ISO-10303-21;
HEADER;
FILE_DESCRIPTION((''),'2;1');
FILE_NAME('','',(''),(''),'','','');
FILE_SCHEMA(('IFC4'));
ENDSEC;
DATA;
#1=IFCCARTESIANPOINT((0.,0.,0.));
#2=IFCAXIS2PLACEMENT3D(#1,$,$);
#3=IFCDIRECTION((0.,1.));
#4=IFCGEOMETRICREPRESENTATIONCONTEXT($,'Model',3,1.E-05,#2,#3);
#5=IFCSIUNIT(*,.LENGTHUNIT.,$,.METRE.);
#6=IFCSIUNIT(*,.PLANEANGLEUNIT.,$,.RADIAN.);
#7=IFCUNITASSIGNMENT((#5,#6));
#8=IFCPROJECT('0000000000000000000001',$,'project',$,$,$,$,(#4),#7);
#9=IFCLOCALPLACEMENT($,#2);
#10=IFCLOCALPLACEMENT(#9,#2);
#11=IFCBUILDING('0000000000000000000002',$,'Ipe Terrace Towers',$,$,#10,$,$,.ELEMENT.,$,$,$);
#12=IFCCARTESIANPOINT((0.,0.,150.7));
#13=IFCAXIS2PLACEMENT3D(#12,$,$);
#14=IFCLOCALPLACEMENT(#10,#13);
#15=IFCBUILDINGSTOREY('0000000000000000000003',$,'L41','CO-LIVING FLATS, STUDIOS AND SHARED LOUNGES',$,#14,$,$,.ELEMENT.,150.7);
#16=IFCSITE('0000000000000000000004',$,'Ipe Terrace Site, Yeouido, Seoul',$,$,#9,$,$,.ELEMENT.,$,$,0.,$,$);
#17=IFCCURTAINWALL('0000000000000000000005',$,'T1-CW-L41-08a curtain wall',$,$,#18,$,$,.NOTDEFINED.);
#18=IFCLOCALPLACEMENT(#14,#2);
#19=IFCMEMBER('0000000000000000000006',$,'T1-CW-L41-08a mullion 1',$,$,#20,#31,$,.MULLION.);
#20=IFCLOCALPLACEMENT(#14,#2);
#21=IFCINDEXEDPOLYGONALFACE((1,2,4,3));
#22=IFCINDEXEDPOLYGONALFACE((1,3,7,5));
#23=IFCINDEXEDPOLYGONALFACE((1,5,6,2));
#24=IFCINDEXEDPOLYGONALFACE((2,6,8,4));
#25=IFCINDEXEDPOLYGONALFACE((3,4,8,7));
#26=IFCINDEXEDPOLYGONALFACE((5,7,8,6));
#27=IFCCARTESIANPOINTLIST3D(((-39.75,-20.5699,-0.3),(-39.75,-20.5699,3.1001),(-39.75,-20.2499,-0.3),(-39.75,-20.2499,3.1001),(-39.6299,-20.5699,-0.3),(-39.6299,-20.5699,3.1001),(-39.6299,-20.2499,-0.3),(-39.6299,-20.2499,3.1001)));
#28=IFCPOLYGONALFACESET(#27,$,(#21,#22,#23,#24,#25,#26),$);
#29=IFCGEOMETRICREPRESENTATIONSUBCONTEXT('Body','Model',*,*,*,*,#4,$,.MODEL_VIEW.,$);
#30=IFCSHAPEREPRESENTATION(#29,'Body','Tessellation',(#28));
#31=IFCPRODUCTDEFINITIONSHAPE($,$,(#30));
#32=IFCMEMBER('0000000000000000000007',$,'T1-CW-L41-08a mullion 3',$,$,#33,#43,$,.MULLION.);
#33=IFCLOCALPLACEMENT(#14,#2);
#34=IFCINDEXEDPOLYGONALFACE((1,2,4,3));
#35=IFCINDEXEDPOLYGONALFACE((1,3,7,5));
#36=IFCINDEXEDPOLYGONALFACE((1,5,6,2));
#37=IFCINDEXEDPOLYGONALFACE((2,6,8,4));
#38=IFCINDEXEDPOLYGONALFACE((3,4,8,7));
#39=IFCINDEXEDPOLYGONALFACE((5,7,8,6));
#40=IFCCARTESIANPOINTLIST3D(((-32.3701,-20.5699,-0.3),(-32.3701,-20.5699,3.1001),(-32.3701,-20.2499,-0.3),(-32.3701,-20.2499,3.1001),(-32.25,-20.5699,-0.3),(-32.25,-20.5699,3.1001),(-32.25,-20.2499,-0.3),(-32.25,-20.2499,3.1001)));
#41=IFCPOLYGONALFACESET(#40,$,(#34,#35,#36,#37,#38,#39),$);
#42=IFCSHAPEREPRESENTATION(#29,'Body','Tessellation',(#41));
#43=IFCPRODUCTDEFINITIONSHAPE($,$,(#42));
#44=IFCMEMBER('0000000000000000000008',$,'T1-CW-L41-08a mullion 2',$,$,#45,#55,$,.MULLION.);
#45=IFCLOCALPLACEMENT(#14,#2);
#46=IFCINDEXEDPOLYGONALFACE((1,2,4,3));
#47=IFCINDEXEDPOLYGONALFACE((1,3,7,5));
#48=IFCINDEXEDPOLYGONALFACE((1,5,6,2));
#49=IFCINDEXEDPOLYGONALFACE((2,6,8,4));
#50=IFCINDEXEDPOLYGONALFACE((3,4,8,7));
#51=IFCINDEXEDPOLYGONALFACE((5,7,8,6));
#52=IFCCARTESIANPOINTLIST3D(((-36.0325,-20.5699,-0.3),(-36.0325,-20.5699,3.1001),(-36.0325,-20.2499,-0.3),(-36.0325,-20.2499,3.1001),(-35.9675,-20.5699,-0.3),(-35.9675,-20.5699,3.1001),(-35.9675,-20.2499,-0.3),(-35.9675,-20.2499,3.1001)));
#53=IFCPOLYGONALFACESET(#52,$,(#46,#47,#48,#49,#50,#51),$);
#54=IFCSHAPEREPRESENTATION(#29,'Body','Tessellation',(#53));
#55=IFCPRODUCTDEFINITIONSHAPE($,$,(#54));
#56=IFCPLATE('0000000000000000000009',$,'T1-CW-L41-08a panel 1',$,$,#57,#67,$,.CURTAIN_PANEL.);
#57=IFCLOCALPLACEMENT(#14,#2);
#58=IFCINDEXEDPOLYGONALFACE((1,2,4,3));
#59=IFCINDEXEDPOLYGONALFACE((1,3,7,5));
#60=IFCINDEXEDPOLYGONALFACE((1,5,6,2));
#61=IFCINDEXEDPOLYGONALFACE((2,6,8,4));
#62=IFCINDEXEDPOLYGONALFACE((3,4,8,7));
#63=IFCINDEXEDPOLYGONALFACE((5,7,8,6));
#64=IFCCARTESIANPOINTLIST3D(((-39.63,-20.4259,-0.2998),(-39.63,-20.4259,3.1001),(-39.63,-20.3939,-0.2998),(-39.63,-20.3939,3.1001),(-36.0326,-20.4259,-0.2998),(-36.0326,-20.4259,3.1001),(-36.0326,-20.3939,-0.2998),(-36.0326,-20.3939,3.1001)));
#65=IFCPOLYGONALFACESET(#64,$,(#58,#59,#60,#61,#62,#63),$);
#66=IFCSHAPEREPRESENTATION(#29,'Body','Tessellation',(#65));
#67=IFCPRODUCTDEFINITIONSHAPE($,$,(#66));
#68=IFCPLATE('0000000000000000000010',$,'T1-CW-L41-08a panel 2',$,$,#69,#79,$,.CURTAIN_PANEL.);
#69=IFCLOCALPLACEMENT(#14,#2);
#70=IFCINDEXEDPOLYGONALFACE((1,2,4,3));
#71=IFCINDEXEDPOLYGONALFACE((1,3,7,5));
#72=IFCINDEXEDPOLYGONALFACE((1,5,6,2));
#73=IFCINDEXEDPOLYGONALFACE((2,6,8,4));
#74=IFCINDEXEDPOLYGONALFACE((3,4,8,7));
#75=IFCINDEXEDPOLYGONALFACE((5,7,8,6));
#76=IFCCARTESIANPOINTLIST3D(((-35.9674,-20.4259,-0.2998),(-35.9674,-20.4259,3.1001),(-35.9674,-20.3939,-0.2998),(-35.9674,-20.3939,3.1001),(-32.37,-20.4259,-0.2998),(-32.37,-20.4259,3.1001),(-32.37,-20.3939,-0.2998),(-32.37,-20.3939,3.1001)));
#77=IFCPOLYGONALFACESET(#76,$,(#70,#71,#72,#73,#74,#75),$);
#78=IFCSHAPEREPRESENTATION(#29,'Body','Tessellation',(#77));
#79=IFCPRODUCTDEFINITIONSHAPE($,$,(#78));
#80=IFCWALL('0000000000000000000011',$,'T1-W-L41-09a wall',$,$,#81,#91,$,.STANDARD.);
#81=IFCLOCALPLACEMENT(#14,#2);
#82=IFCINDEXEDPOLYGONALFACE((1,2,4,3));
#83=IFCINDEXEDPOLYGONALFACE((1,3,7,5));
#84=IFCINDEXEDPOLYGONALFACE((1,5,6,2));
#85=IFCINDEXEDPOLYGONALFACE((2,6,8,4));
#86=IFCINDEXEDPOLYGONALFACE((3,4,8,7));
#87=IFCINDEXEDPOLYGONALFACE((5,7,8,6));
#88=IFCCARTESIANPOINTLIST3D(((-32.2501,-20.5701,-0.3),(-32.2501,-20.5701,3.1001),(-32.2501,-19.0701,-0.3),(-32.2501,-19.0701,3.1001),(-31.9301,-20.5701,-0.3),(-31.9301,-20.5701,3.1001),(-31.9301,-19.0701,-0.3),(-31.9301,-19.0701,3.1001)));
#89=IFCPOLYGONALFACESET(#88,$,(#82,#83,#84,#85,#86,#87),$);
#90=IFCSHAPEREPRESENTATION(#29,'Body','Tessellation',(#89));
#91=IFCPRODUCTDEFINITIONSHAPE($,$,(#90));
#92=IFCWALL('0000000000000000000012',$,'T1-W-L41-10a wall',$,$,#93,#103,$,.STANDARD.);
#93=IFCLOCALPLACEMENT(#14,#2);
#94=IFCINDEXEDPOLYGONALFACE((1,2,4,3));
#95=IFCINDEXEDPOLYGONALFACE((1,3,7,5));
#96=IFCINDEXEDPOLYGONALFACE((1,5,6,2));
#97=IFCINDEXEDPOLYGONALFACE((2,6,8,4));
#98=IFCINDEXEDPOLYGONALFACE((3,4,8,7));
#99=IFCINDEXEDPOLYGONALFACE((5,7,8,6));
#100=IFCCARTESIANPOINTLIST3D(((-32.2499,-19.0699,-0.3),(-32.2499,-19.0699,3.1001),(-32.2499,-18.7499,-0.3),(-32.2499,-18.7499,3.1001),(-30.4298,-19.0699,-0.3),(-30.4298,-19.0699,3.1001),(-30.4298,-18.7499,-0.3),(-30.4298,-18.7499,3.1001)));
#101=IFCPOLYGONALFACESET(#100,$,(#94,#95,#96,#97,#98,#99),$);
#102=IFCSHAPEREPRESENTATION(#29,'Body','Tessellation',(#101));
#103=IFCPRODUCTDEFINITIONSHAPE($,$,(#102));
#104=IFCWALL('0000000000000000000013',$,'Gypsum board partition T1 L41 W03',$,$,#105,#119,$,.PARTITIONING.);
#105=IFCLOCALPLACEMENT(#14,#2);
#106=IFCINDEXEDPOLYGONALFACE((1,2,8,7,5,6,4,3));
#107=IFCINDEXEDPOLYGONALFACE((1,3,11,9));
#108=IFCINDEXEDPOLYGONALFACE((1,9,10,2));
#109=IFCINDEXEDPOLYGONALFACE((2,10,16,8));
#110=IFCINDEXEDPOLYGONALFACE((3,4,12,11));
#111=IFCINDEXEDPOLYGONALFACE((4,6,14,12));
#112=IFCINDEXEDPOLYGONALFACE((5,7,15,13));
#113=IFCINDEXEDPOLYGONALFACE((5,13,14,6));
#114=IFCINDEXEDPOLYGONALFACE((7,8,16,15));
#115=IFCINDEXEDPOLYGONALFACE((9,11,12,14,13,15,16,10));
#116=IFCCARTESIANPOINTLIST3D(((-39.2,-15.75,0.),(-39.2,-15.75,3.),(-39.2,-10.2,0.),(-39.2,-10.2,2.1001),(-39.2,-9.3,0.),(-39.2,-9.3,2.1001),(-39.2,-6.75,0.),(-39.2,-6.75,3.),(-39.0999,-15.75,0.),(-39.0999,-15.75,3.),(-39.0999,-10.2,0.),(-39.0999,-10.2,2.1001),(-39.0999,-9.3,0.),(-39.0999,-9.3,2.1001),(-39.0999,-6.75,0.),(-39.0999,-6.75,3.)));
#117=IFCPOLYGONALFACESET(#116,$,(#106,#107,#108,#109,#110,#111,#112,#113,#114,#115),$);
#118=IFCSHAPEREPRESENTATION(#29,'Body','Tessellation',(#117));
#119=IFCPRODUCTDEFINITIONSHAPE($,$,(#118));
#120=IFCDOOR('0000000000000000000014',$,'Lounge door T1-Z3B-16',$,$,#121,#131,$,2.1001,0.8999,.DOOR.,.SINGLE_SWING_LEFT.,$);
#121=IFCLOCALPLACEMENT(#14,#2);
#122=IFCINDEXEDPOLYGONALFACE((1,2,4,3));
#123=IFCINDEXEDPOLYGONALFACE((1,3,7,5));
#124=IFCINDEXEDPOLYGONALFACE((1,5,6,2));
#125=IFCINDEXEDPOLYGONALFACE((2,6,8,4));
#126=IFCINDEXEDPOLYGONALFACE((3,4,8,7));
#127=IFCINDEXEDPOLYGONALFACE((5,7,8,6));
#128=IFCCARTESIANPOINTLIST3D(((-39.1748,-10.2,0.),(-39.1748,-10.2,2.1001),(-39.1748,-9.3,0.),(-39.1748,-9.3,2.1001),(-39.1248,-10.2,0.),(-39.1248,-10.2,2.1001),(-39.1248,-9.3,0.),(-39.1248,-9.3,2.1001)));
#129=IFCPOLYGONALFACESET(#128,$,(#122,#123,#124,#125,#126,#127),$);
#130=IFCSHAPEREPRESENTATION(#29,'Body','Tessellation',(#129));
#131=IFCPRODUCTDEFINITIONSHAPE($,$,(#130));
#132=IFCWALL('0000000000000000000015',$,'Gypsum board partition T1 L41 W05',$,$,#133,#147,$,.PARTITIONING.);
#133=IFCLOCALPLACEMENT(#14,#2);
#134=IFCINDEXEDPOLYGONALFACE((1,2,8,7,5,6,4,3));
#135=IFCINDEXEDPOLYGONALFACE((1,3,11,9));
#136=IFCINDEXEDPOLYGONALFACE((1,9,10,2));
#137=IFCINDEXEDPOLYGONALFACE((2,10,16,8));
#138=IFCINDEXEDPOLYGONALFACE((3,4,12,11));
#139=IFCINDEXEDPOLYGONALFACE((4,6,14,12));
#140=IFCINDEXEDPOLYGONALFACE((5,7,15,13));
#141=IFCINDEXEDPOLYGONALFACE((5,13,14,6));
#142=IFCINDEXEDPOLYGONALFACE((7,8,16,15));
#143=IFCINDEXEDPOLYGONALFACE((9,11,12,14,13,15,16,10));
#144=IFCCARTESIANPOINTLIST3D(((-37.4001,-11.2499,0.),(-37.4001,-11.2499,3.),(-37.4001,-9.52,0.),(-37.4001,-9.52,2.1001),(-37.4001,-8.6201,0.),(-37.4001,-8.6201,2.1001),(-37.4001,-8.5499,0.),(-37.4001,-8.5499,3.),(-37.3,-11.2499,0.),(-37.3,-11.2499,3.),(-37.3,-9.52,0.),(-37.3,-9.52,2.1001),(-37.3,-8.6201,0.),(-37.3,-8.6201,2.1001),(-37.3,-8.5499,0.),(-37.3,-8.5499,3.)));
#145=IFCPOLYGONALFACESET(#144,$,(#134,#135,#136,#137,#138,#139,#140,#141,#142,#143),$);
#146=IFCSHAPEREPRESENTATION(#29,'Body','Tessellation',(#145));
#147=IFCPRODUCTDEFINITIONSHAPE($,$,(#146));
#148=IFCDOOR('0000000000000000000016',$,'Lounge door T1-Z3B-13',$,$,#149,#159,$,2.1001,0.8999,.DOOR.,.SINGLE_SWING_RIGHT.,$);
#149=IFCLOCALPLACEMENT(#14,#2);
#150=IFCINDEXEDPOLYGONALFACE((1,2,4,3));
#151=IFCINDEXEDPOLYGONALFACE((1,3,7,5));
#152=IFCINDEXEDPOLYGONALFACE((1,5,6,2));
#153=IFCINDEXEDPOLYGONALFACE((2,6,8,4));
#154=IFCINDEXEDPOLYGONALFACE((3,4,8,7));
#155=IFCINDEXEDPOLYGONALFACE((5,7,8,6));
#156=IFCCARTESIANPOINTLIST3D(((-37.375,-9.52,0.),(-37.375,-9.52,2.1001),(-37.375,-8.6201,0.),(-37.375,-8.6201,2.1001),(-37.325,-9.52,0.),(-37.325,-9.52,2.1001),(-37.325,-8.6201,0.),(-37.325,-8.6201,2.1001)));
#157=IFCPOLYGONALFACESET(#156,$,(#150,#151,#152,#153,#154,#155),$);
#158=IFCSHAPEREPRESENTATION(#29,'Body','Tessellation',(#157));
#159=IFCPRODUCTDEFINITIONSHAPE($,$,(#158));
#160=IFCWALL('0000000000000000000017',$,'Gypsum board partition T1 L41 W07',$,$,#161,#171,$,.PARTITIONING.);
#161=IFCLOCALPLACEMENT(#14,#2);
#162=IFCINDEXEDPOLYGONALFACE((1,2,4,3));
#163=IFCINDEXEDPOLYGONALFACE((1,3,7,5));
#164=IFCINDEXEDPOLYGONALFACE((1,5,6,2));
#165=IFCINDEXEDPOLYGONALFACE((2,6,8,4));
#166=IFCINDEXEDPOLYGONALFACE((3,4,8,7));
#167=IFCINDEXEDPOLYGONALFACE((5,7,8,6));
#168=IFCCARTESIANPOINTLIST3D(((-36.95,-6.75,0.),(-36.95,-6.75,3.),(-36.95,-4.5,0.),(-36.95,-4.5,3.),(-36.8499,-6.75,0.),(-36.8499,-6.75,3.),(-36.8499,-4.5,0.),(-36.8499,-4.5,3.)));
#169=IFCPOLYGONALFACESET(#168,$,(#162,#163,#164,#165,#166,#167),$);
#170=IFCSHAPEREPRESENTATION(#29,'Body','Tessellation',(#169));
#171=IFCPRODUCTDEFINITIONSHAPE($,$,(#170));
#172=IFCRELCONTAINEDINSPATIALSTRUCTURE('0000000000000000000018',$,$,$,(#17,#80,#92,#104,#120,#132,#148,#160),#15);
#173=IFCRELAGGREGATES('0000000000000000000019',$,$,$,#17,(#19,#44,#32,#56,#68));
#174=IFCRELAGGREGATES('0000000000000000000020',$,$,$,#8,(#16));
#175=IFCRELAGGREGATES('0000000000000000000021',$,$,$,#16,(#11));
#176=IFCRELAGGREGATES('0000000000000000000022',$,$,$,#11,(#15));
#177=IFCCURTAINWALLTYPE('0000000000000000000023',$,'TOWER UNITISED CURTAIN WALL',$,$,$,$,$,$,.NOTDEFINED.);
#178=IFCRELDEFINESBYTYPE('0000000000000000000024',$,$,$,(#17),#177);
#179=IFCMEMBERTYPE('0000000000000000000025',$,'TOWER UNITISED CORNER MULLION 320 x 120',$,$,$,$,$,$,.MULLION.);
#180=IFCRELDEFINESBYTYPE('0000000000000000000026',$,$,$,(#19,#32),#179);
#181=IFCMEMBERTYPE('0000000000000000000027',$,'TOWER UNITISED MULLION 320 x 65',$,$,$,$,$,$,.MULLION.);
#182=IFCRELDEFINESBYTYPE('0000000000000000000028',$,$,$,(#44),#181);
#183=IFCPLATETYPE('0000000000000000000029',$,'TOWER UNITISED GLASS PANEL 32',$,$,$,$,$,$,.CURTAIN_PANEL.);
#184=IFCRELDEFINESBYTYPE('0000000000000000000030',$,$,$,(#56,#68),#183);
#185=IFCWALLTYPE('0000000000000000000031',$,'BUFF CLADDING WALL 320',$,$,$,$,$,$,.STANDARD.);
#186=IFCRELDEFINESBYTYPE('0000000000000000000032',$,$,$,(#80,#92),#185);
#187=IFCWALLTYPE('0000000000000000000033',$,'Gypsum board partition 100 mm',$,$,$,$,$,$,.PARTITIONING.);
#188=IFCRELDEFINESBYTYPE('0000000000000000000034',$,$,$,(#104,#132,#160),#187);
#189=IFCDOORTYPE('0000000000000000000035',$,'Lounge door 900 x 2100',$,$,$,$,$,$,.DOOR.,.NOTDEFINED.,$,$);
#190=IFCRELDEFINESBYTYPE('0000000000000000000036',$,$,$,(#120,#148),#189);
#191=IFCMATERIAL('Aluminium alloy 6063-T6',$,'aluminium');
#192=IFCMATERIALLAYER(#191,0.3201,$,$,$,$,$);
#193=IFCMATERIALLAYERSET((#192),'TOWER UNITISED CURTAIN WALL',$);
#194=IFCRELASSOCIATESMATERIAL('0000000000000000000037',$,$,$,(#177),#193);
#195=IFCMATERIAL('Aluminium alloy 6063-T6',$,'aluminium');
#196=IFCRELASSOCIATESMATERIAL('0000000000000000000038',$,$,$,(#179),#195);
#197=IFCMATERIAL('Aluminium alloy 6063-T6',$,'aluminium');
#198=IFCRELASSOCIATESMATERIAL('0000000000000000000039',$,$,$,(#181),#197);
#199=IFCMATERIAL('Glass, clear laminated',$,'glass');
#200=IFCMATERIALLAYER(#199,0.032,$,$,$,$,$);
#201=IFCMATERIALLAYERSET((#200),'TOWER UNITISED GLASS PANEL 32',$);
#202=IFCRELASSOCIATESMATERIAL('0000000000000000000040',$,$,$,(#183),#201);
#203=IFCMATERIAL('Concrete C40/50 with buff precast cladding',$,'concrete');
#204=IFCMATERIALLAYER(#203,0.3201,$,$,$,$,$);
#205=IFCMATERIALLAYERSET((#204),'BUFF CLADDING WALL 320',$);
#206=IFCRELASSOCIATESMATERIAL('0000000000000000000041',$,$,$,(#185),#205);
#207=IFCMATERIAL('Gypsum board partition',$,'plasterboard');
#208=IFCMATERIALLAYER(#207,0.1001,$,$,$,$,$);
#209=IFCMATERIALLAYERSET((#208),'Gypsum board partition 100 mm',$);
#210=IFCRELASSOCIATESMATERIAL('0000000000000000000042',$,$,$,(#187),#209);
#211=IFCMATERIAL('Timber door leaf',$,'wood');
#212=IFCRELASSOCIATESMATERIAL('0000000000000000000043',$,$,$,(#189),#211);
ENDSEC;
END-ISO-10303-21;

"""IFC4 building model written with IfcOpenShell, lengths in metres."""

from ifc_helpers import new_model, si_unit, direction, frame, frame_2d, origin, origin_2d, place, context, subcontext, project, spatial, rectangle, extrude, material, layer, layer_set, material_profile, profile_set, type_object, element, fill, aggregate, save


model = new_model("IFC4")

# Units and contexts
model_context = context("Model", 3, precision=1e-05, world=origin(), true_north=direction((0.0, 1.0)))
body_context = subcontext(model_context, "Body", "Model", "MODEL_VIEW")
ifc_project = project(units=[si_unit("LENGTHUNIT", "METRE"), si_unit("PLANEANGLEUNIT", "RADIAN")], contexts=[model_context])

# Site, building, storey
site_placement = place(None, origin())
site = spatial("IfcSite", under=ifc_project, at=site_placement, Name="Ipe Terrace Site, Yeouido, Seoul", CompositionType="ELEMENT", RefElevation=0.0)
building_placement = place(site_placement, origin())
building = spatial("IfcBuilding", under=site, at=building_placement, Name="Ipe Terrace Towers", CompositionType="ELEMENT")
storey_placement = place(building_placement, frame((0.0, 0.0, 150.7)))
storey = spatial("IfcBuildingStorey", under=building, at=storey_placement, Name="L41", Description="CO-LIVING FLATS, STUDIOS AND SHARED LOUNGES", CompositionType="ELEMENT", Elevation=150.7)

# Curtain wall, members, plates
ifc_material_1 = material(Name="Aluminium alloy 6063-T6", Category="aluminium")
ifc_layer_1 = layer(ifc_material_1, 0.3201)
ifc_layer_set_1 = layer_set([ifc_layer_1], Name="TOWER UNITISED CURTAIN WALL")
curtain_wall_type = type_object("IfcCurtainWallType", Name="TOWER UNITISED CURTAIN WALL", PredefinedType="NOTDEFINED", material=ifc_layer_set_1)
curtain_wall_placement = place(storey_placement, origin())
curtain_wall = element("IfcCurtainWall", 1, at=curtain_wall_placement, inside=storey, type_object=curtain_wall_type, Name="T1-CW-L41-08a curtain wall", PredefinedType="NOTDEFINED")
ifc_material_2 = material(Name="Aluminium alloy 6063-T6", Category="aluminium")
ifc_material_profile_1 = material_profile(ifc_material_2, rectangle(XDim=0.3201, YDim=0.1201, at=origin_2d()), Name="TOWER UNITISED CORNER MULLION 320 x 120")
ifc_profile_set_1 = profile_set([ifc_material_profile_1], Name="Aluminium alloy 6063-T6")
member_type_1 = type_object("IfcMemberType", Name="TOWER UNITISED CORNER MULLION 320 x 120", PredefinedType="MULLION", material=ifc_profile_set_1)
member_1_placement = place(storey_placement, frame((-39.6899, -20.4099, -0.3), z_axis=(0.0, 0.0, 1.0), x_axis=(0.0, -1.0, 0.0)))
member_1 = element("IfcMember", 2, at=member_1_placement, type_object=member_type_1, Name="T1-CW-L41-08a mullion 1", PredefinedType="MULLION", context=body_context, shape_type="SweptSolid", body=[
    extrude(rectangle(XDim=0.3201, YDim=0.1201, at=origin_2d()), origin(), (0.0, 0.0, 1.0), 3.4001),
])
member_2_placement = place(storey_placement, frame((-32.3101, -20.4099, -0.3), z_axis=(0.0, 0.0, 1.0), x_axis=(0.0, -1.0, 0.0)))
member_2 = element("IfcMember", 3, at=member_2_placement, type_object=member_type_1, Name="T1-CW-L41-08a mullion 3", PredefinedType="MULLION", context=body_context, shape_type="SweptSolid", body=[
    extrude(rectangle(XDim=0.3201, YDim=0.1201, at=origin_2d()), origin(), (0.0, 0.0, 1.0), 3.4001),
])
ifc_material_3 = material(Name="Aluminium alloy 6063-T6", Category="aluminium")
ifc_material_profile_2 = material_profile(ifc_material_3, rectangle(XDim=0.3201, YDim=0.0649, at=origin_2d()), Name="TOWER UNITISED MULLION 320 x 65")
ifc_profile_set_2 = profile_set([ifc_material_profile_2], Name="Aluminium alloy 6063-T6")
member_type_2 = type_object("IfcMemberType", Name="TOWER UNITISED MULLION 320 x 65", PredefinedType="MULLION", material=ifc_profile_set_2)
member_3_placement = place(storey_placement, frame((-36.0, -20.4099, -0.3), z_axis=(0.0, 0.0, 1.0), x_axis=(0.0, -1.0, 0.0)))
member_3 = element("IfcMember", 4, at=member_3_placement, type_object=member_type_2, Name="T1-CW-L41-08a mullion 2", PredefinedType="MULLION", context=body_context, shape_type="SweptSolid", body=[
    extrude(rectangle(XDim=0.3201, YDim=0.0649, at=origin_2d()), origin(), (0.0, 0.0, 1.0), 3.4001),
])
ifc_material_4 = material(Name="Glass, clear laminated", Category="glass")
ifc_layer_2 = layer(ifc_material_4, 0.032)
ifc_layer_set_2 = layer_set([ifc_layer_2], Name="TOWER UNITISED GLASS PANEL 32")
plate_type = type_object("IfcPlateType", Name="TOWER UNITISED GLASS PANEL 32", PredefinedType="CURTAIN_PANEL", material=ifc_layer_set_2)
plate_1_placement = place(storey_placement, frame((-37.8313, -20.4099, -0.2998), z_axis=(0.0, 0.0, 1.0), x_axis=(1.0, 0.0, 0.0)))
plate_1 = element("IfcPlate", 5, at=plate_1_placement, type_object=plate_type, Name="T1-CW-L41-08a panel 1", PredefinedType="CURTAIN_PANEL", context=body_context, shape_type="SweptSolid", body=[
    extrude(rectangle(XDim=3.5974, YDim=0.032, at=origin_2d()), origin(), (0.0, 0.0, 1.0), 3.3999),
])
plate_2_placement = place(storey_placement, frame((-34.1687, -20.4099, -0.2998), z_axis=(0.0, 0.0, 1.0), x_axis=(1.0, 0.0, 0.0)))
plate_2 = element("IfcPlate", 6, at=plate_2_placement, type_object=plate_type, Name="T1-CW-L41-08a panel 2", PredefinedType="CURTAIN_PANEL", context=body_context, shape_type="SweptSolid", body=[
    extrude(rectangle(XDim=3.5974, YDim=0.032, at=origin_2d()), origin(), (0.0, 0.0, 1.0), 3.3999),
])
aggregate(curtain_wall, [member_1, member_3, member_2, plate_1, plate_2])

# Walls
ifc_material_5 = material(Name="Concrete C40/50 with buff precast cladding", Category="concrete")
ifc_layer_3 = layer(ifc_material_5, 0.3201)
ifc_layer_set_3 = layer_set([ifc_layer_3], Name="BUFF CLADDING WALL 320")
wall_type_1 = type_object("IfcWallType", Name="BUFF CLADDING WALL 320", PredefinedType="STANDARD", material=ifc_layer_set_3)
wall_1_placement = place(storey_placement, frame((-32.0901, -20.5701, -0.3), z_axis=(0.0, 0.0, 1.0), x_axis=(0.0, 1.0, 0.0)))
element("IfcWall", 7, at=wall_1_placement, inside=storey, type_object=wall_type_1, Name="T1-W-L41-09a wall", PredefinedType="STANDARD", context=body_context, shape_type="SweptSolid", body=[
    extrude(rectangle(XDim=1.5, YDim=0.3201, at=frame_2d((0.75, 0.0))), origin(), (0.0, 0.0, 1.0), 3.4001),
])
wall_2_placement = place(storey_placement, frame((-32.25, -18.9099, -0.3), z_axis=(0.0, 0.0, 1.0), x_axis=(1.0, 0.0, 0.0)))
element("IfcWall", 8, at=wall_2_placement, inside=storey, type_object=wall_type_1, Name="T1-W-L41-10a wall", PredefinedType="STANDARD", context=body_context, shape_type="SweptSolid", body=[
    extrude(rectangle(XDim=1.8201, YDim=0.3201, at=frame_2d((0.9102, 0.0))), origin(), (0.0, 0.0, 1.0), 3.4001),
])

# Walls, openings, doors
ifc_material_6 = material(Name="Gypsum board partition", Category="plasterboard")
ifc_layer_4 = layer(ifc_material_6, 0.1001)
ifc_layer_set_4 = layer_set([ifc_layer_4], Name="Gypsum board partition 100 mm")
wall_type_2 = type_object("IfcWallType", Name="Gypsum board partition 100 mm", PredefinedType="PARTITIONING", material=ifc_layer_set_4)
wall_3_placement = place(storey_placement, frame((-39.1499, -15.75, 0.0), z_axis=(0.0, 0.0, 1.0), x_axis=(0.0, 1.0, 0.0)))
wall_3 = element("IfcWall", 9, at=wall_3_placement, inside=storey, type_object=wall_type_2, Name="Gypsum board partition T1 L41 W03", PredefinedType="PARTITIONING", context=body_context, shape_type="SweptSolid", body=[
    extrude(rectangle(XDim=9.0, YDim=0.1001, at=frame_2d((4.5, 0.0))), origin(), (0.0, 0.0, 1.0), 3.0),
])
opening_1_placement = place(wall_3_placement, frame((5.55, 0.0, 0.0)))
opening_1 = element("IfcOpeningElement", 10, at=opening_1_placement, cuts=wall_3, PredefinedType="OPENING", context=body_context, shape_type="SweptSolid", body=[
    extrude(rectangle(XDim=0.8999, YDim=2.1001, at=frame_2d((0.45, 1.05))), frame((0.0, 0.0601, 0.0), z_axis=(0.0, -1.0, 0.0), x_axis=(1.0, 0.0, 0.0)), (0.0, 0.0, 1.0), 0.1201),
])
ifc_material_7 = material(Name="Timber door leaf", Category="wood")
door_type_1 = type_object("IfcDoorType", Name="Lounge door 900 x 2100", OperationType="NOTDEFINED", PredefinedType="DOOR", material=ifc_material_7)
door_1_placement = place(opening_1_placement, origin())
door_1 = element("IfcDoor", 11, at=door_1_placement, inside=storey, type_object=door_type_1, Name="Lounge door T1-Z3B-16", OperationType="SINGLE_SWING_LEFT", OverallHeight=2.1001, OverallWidth=0.8999, PredefinedType="DOOR", context=body_context, shape_type="SweptSolid", body=[
    extrude(rectangle(XDim=0.8999, YDim=2.1001, at=frame_2d((0.45, 1.05))), frame((0.0, 0.0249, 0.0), z_axis=(0.0, -1.0, 0.0), x_axis=(1.0, 0.0, 0.0)), (0.0, 0.0, 1.0), 0.05),
])
fill(opening_1, door_1)
wall_4_placement = place(storey_placement, frame((-37.3501, -11.25, 0.0), z_axis=(0.0, 0.0, 1.0), x_axis=(0.0, 1.0, 0.0)))
wall_4 = element("IfcWall", 12, at=wall_4_placement, inside=storey, type_object=wall_type_2, Name="Gypsum board partition T1 L41 W05", PredefinedType="PARTITIONING", context=body_context, shape_type="SweptSolid", body=[
    extrude(rectangle(XDim=2.7, YDim=0.1001, at=frame_2d((1.3501, 0.0))), origin(), (0.0, 0.0, 1.0), 3.0),
])
opening_2_placement = place(wall_4_placement, frame((1.73, 0.0, 0.0)))
opening_2 = element("IfcOpeningElement", 13, at=opening_2_placement, cuts=wall_4, PredefinedType="OPENING", context=body_context, shape_type="SweptSolid", body=[
    extrude(rectangle(XDim=0.8999, YDim=2.1001, at=frame_2d((0.45, 1.05))), frame((0.0, 0.0601, 0.0), z_axis=(0.0, -1.0, 0.0), x_axis=(1.0, 0.0, 0.0)), (0.0, 0.0, 1.0), 0.1201),
])
door_2_placement = place(opening_2_placement, origin())
door_2 = element("IfcDoor", 14, at=door_2_placement, inside=storey, type_object=door_type_1, Name="Lounge door T1-Z3B-13", OperationType="SINGLE_SWING_RIGHT", OverallHeight=2.1001, OverallWidth=0.8999, PredefinedType="DOOR", context=body_context, shape_type="SweptSolid", body=[
    extrude(rectangle(XDim=0.8999, YDim=2.1001, at=frame_2d((0.45, 1.05))), frame((0.0, 0.0249, 0.0), z_axis=(0.0, -1.0, 0.0), x_axis=(1.0, 0.0, 0.0)), (0.0, 0.0, 1.0), 0.05),
])
fill(opening_2, door_2)

# Wall
wall_5_placement = place(storey_placement, frame((-36.8999, -6.75, 0.0), z_axis=(0.0, 0.0, 1.0), x_axis=(0.0, 1.0, 0.0)))
element("IfcWall", 15, at=wall_5_placement, inside=storey, type_object=wall_type_2, Name="Gypsum board partition T1 L41 W07", PredefinedType="PARTITIONING", context=body_context, shape_type="SweptSolid", body=[
    extrude(rectangle(XDim=2.25, YDim=0.1001, at=frame_2d((1.125, 0.0))), origin(), (0.0, 0.0, 1.0), 3.0),
])

save(model, "model.ifc")
